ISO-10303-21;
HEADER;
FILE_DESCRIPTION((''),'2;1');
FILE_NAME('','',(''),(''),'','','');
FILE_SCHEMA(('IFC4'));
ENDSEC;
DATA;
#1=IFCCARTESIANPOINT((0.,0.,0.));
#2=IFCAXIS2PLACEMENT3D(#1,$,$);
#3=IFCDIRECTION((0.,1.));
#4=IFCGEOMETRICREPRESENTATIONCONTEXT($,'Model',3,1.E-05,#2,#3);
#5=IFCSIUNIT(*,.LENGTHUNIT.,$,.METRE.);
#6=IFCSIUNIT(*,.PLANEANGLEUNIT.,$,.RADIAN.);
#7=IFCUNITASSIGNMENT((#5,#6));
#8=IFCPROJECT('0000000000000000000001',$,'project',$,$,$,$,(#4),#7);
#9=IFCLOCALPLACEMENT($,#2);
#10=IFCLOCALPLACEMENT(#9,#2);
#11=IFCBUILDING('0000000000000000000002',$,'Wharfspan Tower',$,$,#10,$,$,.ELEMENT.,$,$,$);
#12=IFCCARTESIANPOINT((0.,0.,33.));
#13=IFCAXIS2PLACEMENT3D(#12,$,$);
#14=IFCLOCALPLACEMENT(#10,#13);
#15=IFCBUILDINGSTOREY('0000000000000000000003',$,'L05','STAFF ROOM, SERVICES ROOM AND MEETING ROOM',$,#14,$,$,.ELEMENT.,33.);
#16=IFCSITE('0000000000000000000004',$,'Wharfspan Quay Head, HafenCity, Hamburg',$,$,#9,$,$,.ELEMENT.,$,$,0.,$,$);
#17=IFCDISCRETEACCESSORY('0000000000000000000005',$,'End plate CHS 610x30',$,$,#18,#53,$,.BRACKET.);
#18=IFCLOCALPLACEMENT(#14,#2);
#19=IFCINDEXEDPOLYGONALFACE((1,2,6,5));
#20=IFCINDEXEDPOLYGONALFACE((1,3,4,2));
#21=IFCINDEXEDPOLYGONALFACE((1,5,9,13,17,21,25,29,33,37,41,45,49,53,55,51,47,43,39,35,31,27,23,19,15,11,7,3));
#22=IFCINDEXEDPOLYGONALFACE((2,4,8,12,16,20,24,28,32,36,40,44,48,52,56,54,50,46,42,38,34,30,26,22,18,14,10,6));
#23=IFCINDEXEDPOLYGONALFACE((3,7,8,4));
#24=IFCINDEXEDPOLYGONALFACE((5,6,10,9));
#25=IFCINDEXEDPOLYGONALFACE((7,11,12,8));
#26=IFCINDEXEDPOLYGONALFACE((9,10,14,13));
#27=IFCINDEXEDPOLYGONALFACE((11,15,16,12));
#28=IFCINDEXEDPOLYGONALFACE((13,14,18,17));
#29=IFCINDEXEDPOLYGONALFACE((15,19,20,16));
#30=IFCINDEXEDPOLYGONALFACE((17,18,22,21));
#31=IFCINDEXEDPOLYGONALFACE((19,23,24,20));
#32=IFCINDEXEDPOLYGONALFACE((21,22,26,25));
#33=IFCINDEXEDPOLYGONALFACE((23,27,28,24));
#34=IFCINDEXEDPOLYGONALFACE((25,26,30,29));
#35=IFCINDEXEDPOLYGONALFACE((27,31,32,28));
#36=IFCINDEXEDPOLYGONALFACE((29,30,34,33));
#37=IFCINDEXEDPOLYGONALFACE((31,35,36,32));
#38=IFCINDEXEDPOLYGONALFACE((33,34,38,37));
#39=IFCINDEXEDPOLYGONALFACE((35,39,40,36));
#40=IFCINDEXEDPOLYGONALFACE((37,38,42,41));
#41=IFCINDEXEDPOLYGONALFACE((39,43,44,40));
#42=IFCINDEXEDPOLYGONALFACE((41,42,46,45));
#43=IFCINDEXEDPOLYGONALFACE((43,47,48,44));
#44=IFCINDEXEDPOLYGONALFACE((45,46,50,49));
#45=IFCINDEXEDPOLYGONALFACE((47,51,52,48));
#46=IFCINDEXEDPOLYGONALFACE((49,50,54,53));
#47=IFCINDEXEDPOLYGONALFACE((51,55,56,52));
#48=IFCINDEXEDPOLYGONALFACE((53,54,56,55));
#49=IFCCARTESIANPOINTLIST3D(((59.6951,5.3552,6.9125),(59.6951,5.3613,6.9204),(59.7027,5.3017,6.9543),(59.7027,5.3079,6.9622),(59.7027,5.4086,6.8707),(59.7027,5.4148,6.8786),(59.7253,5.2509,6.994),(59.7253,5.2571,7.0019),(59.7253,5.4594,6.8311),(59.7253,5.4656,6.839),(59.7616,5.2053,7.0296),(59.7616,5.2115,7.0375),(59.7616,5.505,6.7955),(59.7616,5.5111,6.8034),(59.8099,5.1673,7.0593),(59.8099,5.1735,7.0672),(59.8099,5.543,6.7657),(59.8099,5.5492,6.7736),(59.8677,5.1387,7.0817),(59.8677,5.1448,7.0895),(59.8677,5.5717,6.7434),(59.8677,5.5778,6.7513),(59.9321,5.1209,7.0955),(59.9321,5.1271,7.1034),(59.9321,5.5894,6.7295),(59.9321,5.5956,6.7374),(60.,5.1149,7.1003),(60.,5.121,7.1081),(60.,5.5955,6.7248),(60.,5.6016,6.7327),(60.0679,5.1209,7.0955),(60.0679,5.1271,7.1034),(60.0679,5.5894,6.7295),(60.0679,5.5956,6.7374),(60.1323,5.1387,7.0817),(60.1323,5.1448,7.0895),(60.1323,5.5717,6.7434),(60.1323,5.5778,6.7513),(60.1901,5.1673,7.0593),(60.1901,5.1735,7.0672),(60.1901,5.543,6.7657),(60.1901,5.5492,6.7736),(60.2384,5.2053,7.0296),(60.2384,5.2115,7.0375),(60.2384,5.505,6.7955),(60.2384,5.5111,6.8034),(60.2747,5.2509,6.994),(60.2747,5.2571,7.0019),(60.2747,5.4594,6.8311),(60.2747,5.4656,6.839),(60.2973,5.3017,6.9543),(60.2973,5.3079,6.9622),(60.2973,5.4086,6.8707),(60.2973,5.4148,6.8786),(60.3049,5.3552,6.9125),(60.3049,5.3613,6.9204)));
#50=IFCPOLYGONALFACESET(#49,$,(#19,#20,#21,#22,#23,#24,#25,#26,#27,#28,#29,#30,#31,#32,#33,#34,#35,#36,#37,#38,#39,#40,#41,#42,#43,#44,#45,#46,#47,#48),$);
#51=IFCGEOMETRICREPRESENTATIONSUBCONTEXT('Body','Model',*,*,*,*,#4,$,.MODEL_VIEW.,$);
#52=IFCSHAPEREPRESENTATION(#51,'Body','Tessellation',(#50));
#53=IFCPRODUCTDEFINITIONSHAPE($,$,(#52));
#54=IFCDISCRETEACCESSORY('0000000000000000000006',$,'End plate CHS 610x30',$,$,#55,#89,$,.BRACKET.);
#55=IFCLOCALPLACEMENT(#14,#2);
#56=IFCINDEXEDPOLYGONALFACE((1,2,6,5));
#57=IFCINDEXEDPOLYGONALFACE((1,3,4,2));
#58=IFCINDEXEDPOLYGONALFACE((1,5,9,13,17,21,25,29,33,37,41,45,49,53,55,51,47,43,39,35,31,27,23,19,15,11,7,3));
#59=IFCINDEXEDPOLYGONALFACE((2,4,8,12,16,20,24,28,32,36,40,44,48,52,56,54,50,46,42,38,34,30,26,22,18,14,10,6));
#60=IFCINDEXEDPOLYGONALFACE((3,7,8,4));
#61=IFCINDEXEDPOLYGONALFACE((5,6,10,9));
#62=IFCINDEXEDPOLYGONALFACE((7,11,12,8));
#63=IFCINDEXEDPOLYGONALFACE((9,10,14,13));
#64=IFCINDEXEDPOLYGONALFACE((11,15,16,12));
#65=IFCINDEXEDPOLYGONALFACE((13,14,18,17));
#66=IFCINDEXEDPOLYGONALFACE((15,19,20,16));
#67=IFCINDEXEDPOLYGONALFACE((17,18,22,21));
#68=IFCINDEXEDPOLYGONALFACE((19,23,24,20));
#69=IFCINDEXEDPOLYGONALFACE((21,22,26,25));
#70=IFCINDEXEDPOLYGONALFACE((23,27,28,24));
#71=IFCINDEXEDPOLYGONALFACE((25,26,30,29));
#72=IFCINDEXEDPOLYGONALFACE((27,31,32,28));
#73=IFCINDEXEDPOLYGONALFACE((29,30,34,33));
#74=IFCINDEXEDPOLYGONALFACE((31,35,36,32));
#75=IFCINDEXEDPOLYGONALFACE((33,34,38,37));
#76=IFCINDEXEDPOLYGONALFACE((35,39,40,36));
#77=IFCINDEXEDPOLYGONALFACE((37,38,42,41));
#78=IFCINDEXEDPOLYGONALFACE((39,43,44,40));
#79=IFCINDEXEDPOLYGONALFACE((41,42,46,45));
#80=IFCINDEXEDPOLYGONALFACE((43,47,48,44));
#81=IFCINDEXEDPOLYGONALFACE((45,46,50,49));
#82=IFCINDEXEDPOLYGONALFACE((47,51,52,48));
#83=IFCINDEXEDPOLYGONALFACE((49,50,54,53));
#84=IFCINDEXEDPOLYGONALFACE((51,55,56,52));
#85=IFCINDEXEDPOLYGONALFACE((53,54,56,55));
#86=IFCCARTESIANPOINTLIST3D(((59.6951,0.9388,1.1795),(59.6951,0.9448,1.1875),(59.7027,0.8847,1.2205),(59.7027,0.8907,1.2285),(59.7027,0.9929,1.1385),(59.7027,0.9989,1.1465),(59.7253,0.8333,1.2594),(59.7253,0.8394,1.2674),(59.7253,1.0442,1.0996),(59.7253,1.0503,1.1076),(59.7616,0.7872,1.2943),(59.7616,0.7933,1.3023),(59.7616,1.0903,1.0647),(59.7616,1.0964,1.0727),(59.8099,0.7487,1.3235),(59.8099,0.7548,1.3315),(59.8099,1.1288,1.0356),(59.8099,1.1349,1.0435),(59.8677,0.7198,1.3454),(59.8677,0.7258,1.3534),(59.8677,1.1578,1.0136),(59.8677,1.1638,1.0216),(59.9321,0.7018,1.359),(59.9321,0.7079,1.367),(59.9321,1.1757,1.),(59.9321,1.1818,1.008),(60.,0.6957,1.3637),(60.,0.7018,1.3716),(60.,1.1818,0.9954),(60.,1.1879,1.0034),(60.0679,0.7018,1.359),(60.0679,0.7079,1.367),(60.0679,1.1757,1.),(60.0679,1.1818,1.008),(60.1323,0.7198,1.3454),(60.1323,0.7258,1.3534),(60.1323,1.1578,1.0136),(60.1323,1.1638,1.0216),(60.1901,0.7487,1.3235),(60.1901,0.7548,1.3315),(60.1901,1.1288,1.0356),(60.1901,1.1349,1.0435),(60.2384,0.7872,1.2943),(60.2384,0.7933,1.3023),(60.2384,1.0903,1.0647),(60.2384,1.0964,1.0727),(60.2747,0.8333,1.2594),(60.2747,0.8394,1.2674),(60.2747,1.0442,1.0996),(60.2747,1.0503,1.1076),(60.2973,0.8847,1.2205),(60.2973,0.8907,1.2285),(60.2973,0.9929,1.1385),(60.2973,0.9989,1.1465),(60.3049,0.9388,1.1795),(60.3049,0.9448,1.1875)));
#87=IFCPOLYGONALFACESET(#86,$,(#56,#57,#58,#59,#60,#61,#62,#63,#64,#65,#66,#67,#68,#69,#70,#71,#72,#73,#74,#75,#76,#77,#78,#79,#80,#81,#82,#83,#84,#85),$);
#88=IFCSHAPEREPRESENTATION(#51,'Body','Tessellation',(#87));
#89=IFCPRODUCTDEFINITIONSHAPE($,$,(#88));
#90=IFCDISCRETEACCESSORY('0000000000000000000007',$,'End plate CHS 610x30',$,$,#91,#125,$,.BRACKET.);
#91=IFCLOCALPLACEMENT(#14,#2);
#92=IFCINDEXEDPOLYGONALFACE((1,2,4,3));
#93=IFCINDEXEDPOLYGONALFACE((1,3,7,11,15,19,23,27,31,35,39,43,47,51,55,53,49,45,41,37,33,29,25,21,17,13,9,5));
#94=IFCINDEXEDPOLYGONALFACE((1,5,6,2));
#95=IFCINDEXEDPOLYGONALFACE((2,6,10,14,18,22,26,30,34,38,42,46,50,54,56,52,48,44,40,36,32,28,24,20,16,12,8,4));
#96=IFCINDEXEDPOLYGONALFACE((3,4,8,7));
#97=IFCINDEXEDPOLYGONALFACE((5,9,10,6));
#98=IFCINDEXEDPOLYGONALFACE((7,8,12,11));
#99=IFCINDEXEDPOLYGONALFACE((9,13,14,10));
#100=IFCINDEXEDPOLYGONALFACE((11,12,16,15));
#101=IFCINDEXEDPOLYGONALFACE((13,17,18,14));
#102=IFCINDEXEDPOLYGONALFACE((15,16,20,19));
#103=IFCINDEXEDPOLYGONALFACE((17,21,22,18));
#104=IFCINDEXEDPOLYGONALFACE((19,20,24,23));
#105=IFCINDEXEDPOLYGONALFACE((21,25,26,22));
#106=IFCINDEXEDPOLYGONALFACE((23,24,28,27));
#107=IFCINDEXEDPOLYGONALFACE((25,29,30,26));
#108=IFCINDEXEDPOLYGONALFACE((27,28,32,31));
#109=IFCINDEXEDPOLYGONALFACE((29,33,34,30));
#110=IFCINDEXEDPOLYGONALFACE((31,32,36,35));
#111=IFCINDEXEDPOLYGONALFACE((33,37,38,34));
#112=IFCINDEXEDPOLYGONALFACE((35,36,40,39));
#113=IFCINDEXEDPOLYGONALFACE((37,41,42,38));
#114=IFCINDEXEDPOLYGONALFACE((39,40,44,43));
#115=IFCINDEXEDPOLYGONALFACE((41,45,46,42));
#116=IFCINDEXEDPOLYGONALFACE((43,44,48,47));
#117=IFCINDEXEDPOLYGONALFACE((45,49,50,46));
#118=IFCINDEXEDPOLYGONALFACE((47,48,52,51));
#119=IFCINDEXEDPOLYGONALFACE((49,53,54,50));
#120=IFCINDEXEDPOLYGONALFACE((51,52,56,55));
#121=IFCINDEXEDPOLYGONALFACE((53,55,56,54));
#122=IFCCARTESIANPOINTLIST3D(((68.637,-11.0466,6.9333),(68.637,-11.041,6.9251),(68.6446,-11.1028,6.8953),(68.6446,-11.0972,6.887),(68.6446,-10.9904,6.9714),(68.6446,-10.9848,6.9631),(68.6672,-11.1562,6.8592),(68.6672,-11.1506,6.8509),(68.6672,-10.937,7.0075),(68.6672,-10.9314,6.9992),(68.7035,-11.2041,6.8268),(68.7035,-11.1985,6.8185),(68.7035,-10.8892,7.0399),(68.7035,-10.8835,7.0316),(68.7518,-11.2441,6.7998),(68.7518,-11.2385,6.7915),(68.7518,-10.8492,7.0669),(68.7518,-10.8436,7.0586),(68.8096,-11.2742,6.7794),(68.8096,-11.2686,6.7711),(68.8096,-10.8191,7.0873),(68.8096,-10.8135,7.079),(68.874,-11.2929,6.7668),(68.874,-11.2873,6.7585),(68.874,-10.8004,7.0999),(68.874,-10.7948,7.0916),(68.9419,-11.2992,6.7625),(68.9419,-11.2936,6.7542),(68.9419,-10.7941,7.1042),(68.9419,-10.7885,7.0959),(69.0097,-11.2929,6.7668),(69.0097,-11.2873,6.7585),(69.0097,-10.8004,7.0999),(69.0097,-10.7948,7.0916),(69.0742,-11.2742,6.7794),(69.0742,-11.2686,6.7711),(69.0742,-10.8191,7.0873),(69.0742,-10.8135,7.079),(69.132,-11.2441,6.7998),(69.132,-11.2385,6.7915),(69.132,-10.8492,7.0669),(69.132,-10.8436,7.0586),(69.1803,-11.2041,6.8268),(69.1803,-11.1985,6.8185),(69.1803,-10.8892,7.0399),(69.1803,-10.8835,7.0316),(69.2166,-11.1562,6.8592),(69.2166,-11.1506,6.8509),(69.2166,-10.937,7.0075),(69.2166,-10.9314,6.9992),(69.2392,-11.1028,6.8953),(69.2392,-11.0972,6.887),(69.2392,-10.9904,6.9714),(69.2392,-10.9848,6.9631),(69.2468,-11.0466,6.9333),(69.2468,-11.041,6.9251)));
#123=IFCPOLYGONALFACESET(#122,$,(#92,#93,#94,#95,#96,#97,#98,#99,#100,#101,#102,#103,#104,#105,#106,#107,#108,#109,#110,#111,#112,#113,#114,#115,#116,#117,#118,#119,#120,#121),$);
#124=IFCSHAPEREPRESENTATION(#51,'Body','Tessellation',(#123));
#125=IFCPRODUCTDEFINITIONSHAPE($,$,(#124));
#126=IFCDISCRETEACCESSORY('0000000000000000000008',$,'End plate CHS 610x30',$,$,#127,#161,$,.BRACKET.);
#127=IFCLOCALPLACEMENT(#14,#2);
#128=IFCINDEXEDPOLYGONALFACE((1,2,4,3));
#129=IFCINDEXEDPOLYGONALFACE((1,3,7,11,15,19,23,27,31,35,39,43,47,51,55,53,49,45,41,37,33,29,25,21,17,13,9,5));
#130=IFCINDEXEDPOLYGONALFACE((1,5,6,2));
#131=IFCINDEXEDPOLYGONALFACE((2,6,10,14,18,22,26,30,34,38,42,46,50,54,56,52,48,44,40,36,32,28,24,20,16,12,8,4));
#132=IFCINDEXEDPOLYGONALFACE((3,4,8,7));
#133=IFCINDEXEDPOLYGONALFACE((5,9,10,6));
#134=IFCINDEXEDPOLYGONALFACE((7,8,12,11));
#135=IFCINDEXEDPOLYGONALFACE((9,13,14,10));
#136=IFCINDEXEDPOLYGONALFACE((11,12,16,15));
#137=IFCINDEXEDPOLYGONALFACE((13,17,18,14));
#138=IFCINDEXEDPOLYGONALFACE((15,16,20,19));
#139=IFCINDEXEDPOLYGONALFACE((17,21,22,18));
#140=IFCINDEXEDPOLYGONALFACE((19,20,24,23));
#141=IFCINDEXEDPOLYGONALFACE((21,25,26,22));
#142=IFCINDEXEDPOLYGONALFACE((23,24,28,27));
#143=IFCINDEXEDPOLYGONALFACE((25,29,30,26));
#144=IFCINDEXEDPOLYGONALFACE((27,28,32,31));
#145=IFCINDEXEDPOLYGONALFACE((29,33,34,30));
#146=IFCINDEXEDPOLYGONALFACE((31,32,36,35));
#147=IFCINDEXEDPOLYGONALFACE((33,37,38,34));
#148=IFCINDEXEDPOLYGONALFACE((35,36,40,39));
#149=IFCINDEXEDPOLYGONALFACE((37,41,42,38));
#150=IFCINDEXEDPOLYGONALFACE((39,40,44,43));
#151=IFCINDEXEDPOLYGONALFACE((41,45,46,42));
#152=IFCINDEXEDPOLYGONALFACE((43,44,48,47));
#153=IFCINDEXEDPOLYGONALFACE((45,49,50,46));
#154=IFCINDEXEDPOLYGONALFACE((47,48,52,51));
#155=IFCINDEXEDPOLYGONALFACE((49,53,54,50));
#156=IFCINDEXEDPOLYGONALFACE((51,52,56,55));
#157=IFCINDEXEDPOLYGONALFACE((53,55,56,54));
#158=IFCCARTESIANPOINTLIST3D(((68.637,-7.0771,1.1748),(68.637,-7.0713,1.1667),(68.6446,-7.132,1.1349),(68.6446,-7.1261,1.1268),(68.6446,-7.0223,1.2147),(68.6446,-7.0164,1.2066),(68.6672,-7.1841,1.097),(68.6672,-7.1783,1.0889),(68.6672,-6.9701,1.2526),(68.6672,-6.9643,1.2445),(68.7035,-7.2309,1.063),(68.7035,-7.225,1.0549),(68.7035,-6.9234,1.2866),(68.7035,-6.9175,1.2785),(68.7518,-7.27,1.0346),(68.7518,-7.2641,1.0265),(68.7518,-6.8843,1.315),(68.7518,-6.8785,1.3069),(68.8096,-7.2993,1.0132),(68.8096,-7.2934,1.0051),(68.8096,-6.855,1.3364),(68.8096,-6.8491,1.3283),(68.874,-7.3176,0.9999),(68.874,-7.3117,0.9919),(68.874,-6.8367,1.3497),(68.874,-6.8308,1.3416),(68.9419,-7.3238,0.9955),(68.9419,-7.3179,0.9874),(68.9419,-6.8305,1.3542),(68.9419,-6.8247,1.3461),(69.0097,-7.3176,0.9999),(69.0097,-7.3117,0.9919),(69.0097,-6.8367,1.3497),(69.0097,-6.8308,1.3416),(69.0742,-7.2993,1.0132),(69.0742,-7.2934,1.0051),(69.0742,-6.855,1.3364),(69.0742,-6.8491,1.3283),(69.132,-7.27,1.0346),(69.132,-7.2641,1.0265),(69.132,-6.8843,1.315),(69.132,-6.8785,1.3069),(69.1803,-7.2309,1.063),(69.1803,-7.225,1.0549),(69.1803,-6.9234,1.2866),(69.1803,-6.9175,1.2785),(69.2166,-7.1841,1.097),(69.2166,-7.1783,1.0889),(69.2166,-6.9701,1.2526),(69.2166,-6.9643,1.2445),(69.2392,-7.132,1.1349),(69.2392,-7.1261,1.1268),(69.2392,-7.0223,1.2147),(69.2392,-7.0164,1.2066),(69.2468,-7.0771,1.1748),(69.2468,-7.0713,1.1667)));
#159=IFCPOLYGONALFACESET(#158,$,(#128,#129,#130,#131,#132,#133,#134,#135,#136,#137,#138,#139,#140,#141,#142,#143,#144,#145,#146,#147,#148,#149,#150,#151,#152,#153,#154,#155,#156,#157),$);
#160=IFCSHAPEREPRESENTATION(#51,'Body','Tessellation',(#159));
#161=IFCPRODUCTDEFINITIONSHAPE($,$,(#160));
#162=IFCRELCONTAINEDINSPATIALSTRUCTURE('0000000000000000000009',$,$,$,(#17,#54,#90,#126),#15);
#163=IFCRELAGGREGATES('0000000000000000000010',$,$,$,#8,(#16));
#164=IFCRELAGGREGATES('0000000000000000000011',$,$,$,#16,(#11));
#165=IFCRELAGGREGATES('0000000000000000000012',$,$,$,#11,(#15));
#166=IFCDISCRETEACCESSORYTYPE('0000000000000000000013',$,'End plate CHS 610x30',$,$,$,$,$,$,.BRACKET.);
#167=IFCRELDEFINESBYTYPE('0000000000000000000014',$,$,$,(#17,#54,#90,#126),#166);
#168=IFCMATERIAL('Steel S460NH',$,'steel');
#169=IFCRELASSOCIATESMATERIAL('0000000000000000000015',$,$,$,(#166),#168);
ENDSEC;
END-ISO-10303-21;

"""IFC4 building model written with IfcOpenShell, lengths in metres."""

from ifc_helpers import new_model, si_unit, direction, frame, origin, origin_2d, place, context, subcontext, project, spatial, circle, extrude, material, material_profile, profile_set, type_object, element, save


model = new_model("IFC4")

# Units and contexts
model_context = context("Model", 3, precision=1e-05, world=origin(), true_north=direction((0.0, 1.0)))
body_context = subcontext(model_context, "Body", "Model", "MODEL_VIEW")
ifc_project = project(units=[si_unit("LENGTHUNIT", "METRE"), si_unit("PLANEANGLEUNIT", "RADIAN")], contexts=[model_context])

# Site, building, storey
site_placement = place(None, origin())
site = spatial("IfcSite", under=ifc_project, at=site_placement, Name="Wharfspan Quay Head, HafenCity, Hamburg", CompositionType="ELEMENT", RefElevation=0.0)
building_placement = place(site_placement, origin())
building = spatial("IfcBuilding", under=site, at=building_placement, Name="Wharfspan Tower", CompositionType="ELEMENT")
storey_placement = place(building_placement, frame((0.0, 0.0, 33.0)))
storey = spatial("IfcBuildingStorey", under=building, at=storey_placement, Name="L05", Description="STAFF ROOM, SERVICES ROOM AND MEETING ROOM", CompositionType="ELEMENT", Elevation=33.0)

# Shared definitions
ifc_material_1 = material(Name="Steel S460NH", Category="steel")

# Discrete accessories
ifc_material_profile_1 = material_profile(ifc_material_1, circle(Radius=0.3049, at=origin_2d()))
ifc_profile_set_1 = profile_set([ifc_material_profile_1], Name="Steel S460NH")
discrete_accessory_type = type_object("IfcDiscreteAccessoryType", Name="End plate CHS 610x30", PredefinedType="BRACKET", material=ifc_profile_set_1)
for number, where, z_axis, x_axis, name in (
    (1, (60.0, 5.3613, 6.9204), (0.0, -0.615644, -0.788024), (1.0, 0.0, 0.0), "End plate CHS 610x30"),
    (2, (60.0, 0.9448, 1.1875), (0.0, -0.603858, -0.797092), (1.0, 0.0, 0.0), "End plate CHS 610x30"),
    (3, (68.9419, -11.0466, 6.9333), (0.0, 0.560309, -0.828283), (-1.0, 0.0, 0.0), "End plate CHS 610x30"),
    (4, (68.9419, -7.0771, 1.1748), (0.0, 0.588172, -0.808736), (-1.0, 0.0, 0.0), "End plate CHS 610x30"),
):
    element("IfcDiscreteAccessory", number, at=place(storey_placement, frame(where, z_axis=z_axis, x_axis=x_axis)), inside=storey, type_object=discrete_accessory_type, Name=name, PredefinedType="BRACKET", context=body_context, shape_type="SweptSolid", body=[
        extrude(circle(Radius=0.3049, at=origin_2d()), origin(), (0.0, 0.0, 1.0), 0.01),
    ])

save(model, "model.ifc")
